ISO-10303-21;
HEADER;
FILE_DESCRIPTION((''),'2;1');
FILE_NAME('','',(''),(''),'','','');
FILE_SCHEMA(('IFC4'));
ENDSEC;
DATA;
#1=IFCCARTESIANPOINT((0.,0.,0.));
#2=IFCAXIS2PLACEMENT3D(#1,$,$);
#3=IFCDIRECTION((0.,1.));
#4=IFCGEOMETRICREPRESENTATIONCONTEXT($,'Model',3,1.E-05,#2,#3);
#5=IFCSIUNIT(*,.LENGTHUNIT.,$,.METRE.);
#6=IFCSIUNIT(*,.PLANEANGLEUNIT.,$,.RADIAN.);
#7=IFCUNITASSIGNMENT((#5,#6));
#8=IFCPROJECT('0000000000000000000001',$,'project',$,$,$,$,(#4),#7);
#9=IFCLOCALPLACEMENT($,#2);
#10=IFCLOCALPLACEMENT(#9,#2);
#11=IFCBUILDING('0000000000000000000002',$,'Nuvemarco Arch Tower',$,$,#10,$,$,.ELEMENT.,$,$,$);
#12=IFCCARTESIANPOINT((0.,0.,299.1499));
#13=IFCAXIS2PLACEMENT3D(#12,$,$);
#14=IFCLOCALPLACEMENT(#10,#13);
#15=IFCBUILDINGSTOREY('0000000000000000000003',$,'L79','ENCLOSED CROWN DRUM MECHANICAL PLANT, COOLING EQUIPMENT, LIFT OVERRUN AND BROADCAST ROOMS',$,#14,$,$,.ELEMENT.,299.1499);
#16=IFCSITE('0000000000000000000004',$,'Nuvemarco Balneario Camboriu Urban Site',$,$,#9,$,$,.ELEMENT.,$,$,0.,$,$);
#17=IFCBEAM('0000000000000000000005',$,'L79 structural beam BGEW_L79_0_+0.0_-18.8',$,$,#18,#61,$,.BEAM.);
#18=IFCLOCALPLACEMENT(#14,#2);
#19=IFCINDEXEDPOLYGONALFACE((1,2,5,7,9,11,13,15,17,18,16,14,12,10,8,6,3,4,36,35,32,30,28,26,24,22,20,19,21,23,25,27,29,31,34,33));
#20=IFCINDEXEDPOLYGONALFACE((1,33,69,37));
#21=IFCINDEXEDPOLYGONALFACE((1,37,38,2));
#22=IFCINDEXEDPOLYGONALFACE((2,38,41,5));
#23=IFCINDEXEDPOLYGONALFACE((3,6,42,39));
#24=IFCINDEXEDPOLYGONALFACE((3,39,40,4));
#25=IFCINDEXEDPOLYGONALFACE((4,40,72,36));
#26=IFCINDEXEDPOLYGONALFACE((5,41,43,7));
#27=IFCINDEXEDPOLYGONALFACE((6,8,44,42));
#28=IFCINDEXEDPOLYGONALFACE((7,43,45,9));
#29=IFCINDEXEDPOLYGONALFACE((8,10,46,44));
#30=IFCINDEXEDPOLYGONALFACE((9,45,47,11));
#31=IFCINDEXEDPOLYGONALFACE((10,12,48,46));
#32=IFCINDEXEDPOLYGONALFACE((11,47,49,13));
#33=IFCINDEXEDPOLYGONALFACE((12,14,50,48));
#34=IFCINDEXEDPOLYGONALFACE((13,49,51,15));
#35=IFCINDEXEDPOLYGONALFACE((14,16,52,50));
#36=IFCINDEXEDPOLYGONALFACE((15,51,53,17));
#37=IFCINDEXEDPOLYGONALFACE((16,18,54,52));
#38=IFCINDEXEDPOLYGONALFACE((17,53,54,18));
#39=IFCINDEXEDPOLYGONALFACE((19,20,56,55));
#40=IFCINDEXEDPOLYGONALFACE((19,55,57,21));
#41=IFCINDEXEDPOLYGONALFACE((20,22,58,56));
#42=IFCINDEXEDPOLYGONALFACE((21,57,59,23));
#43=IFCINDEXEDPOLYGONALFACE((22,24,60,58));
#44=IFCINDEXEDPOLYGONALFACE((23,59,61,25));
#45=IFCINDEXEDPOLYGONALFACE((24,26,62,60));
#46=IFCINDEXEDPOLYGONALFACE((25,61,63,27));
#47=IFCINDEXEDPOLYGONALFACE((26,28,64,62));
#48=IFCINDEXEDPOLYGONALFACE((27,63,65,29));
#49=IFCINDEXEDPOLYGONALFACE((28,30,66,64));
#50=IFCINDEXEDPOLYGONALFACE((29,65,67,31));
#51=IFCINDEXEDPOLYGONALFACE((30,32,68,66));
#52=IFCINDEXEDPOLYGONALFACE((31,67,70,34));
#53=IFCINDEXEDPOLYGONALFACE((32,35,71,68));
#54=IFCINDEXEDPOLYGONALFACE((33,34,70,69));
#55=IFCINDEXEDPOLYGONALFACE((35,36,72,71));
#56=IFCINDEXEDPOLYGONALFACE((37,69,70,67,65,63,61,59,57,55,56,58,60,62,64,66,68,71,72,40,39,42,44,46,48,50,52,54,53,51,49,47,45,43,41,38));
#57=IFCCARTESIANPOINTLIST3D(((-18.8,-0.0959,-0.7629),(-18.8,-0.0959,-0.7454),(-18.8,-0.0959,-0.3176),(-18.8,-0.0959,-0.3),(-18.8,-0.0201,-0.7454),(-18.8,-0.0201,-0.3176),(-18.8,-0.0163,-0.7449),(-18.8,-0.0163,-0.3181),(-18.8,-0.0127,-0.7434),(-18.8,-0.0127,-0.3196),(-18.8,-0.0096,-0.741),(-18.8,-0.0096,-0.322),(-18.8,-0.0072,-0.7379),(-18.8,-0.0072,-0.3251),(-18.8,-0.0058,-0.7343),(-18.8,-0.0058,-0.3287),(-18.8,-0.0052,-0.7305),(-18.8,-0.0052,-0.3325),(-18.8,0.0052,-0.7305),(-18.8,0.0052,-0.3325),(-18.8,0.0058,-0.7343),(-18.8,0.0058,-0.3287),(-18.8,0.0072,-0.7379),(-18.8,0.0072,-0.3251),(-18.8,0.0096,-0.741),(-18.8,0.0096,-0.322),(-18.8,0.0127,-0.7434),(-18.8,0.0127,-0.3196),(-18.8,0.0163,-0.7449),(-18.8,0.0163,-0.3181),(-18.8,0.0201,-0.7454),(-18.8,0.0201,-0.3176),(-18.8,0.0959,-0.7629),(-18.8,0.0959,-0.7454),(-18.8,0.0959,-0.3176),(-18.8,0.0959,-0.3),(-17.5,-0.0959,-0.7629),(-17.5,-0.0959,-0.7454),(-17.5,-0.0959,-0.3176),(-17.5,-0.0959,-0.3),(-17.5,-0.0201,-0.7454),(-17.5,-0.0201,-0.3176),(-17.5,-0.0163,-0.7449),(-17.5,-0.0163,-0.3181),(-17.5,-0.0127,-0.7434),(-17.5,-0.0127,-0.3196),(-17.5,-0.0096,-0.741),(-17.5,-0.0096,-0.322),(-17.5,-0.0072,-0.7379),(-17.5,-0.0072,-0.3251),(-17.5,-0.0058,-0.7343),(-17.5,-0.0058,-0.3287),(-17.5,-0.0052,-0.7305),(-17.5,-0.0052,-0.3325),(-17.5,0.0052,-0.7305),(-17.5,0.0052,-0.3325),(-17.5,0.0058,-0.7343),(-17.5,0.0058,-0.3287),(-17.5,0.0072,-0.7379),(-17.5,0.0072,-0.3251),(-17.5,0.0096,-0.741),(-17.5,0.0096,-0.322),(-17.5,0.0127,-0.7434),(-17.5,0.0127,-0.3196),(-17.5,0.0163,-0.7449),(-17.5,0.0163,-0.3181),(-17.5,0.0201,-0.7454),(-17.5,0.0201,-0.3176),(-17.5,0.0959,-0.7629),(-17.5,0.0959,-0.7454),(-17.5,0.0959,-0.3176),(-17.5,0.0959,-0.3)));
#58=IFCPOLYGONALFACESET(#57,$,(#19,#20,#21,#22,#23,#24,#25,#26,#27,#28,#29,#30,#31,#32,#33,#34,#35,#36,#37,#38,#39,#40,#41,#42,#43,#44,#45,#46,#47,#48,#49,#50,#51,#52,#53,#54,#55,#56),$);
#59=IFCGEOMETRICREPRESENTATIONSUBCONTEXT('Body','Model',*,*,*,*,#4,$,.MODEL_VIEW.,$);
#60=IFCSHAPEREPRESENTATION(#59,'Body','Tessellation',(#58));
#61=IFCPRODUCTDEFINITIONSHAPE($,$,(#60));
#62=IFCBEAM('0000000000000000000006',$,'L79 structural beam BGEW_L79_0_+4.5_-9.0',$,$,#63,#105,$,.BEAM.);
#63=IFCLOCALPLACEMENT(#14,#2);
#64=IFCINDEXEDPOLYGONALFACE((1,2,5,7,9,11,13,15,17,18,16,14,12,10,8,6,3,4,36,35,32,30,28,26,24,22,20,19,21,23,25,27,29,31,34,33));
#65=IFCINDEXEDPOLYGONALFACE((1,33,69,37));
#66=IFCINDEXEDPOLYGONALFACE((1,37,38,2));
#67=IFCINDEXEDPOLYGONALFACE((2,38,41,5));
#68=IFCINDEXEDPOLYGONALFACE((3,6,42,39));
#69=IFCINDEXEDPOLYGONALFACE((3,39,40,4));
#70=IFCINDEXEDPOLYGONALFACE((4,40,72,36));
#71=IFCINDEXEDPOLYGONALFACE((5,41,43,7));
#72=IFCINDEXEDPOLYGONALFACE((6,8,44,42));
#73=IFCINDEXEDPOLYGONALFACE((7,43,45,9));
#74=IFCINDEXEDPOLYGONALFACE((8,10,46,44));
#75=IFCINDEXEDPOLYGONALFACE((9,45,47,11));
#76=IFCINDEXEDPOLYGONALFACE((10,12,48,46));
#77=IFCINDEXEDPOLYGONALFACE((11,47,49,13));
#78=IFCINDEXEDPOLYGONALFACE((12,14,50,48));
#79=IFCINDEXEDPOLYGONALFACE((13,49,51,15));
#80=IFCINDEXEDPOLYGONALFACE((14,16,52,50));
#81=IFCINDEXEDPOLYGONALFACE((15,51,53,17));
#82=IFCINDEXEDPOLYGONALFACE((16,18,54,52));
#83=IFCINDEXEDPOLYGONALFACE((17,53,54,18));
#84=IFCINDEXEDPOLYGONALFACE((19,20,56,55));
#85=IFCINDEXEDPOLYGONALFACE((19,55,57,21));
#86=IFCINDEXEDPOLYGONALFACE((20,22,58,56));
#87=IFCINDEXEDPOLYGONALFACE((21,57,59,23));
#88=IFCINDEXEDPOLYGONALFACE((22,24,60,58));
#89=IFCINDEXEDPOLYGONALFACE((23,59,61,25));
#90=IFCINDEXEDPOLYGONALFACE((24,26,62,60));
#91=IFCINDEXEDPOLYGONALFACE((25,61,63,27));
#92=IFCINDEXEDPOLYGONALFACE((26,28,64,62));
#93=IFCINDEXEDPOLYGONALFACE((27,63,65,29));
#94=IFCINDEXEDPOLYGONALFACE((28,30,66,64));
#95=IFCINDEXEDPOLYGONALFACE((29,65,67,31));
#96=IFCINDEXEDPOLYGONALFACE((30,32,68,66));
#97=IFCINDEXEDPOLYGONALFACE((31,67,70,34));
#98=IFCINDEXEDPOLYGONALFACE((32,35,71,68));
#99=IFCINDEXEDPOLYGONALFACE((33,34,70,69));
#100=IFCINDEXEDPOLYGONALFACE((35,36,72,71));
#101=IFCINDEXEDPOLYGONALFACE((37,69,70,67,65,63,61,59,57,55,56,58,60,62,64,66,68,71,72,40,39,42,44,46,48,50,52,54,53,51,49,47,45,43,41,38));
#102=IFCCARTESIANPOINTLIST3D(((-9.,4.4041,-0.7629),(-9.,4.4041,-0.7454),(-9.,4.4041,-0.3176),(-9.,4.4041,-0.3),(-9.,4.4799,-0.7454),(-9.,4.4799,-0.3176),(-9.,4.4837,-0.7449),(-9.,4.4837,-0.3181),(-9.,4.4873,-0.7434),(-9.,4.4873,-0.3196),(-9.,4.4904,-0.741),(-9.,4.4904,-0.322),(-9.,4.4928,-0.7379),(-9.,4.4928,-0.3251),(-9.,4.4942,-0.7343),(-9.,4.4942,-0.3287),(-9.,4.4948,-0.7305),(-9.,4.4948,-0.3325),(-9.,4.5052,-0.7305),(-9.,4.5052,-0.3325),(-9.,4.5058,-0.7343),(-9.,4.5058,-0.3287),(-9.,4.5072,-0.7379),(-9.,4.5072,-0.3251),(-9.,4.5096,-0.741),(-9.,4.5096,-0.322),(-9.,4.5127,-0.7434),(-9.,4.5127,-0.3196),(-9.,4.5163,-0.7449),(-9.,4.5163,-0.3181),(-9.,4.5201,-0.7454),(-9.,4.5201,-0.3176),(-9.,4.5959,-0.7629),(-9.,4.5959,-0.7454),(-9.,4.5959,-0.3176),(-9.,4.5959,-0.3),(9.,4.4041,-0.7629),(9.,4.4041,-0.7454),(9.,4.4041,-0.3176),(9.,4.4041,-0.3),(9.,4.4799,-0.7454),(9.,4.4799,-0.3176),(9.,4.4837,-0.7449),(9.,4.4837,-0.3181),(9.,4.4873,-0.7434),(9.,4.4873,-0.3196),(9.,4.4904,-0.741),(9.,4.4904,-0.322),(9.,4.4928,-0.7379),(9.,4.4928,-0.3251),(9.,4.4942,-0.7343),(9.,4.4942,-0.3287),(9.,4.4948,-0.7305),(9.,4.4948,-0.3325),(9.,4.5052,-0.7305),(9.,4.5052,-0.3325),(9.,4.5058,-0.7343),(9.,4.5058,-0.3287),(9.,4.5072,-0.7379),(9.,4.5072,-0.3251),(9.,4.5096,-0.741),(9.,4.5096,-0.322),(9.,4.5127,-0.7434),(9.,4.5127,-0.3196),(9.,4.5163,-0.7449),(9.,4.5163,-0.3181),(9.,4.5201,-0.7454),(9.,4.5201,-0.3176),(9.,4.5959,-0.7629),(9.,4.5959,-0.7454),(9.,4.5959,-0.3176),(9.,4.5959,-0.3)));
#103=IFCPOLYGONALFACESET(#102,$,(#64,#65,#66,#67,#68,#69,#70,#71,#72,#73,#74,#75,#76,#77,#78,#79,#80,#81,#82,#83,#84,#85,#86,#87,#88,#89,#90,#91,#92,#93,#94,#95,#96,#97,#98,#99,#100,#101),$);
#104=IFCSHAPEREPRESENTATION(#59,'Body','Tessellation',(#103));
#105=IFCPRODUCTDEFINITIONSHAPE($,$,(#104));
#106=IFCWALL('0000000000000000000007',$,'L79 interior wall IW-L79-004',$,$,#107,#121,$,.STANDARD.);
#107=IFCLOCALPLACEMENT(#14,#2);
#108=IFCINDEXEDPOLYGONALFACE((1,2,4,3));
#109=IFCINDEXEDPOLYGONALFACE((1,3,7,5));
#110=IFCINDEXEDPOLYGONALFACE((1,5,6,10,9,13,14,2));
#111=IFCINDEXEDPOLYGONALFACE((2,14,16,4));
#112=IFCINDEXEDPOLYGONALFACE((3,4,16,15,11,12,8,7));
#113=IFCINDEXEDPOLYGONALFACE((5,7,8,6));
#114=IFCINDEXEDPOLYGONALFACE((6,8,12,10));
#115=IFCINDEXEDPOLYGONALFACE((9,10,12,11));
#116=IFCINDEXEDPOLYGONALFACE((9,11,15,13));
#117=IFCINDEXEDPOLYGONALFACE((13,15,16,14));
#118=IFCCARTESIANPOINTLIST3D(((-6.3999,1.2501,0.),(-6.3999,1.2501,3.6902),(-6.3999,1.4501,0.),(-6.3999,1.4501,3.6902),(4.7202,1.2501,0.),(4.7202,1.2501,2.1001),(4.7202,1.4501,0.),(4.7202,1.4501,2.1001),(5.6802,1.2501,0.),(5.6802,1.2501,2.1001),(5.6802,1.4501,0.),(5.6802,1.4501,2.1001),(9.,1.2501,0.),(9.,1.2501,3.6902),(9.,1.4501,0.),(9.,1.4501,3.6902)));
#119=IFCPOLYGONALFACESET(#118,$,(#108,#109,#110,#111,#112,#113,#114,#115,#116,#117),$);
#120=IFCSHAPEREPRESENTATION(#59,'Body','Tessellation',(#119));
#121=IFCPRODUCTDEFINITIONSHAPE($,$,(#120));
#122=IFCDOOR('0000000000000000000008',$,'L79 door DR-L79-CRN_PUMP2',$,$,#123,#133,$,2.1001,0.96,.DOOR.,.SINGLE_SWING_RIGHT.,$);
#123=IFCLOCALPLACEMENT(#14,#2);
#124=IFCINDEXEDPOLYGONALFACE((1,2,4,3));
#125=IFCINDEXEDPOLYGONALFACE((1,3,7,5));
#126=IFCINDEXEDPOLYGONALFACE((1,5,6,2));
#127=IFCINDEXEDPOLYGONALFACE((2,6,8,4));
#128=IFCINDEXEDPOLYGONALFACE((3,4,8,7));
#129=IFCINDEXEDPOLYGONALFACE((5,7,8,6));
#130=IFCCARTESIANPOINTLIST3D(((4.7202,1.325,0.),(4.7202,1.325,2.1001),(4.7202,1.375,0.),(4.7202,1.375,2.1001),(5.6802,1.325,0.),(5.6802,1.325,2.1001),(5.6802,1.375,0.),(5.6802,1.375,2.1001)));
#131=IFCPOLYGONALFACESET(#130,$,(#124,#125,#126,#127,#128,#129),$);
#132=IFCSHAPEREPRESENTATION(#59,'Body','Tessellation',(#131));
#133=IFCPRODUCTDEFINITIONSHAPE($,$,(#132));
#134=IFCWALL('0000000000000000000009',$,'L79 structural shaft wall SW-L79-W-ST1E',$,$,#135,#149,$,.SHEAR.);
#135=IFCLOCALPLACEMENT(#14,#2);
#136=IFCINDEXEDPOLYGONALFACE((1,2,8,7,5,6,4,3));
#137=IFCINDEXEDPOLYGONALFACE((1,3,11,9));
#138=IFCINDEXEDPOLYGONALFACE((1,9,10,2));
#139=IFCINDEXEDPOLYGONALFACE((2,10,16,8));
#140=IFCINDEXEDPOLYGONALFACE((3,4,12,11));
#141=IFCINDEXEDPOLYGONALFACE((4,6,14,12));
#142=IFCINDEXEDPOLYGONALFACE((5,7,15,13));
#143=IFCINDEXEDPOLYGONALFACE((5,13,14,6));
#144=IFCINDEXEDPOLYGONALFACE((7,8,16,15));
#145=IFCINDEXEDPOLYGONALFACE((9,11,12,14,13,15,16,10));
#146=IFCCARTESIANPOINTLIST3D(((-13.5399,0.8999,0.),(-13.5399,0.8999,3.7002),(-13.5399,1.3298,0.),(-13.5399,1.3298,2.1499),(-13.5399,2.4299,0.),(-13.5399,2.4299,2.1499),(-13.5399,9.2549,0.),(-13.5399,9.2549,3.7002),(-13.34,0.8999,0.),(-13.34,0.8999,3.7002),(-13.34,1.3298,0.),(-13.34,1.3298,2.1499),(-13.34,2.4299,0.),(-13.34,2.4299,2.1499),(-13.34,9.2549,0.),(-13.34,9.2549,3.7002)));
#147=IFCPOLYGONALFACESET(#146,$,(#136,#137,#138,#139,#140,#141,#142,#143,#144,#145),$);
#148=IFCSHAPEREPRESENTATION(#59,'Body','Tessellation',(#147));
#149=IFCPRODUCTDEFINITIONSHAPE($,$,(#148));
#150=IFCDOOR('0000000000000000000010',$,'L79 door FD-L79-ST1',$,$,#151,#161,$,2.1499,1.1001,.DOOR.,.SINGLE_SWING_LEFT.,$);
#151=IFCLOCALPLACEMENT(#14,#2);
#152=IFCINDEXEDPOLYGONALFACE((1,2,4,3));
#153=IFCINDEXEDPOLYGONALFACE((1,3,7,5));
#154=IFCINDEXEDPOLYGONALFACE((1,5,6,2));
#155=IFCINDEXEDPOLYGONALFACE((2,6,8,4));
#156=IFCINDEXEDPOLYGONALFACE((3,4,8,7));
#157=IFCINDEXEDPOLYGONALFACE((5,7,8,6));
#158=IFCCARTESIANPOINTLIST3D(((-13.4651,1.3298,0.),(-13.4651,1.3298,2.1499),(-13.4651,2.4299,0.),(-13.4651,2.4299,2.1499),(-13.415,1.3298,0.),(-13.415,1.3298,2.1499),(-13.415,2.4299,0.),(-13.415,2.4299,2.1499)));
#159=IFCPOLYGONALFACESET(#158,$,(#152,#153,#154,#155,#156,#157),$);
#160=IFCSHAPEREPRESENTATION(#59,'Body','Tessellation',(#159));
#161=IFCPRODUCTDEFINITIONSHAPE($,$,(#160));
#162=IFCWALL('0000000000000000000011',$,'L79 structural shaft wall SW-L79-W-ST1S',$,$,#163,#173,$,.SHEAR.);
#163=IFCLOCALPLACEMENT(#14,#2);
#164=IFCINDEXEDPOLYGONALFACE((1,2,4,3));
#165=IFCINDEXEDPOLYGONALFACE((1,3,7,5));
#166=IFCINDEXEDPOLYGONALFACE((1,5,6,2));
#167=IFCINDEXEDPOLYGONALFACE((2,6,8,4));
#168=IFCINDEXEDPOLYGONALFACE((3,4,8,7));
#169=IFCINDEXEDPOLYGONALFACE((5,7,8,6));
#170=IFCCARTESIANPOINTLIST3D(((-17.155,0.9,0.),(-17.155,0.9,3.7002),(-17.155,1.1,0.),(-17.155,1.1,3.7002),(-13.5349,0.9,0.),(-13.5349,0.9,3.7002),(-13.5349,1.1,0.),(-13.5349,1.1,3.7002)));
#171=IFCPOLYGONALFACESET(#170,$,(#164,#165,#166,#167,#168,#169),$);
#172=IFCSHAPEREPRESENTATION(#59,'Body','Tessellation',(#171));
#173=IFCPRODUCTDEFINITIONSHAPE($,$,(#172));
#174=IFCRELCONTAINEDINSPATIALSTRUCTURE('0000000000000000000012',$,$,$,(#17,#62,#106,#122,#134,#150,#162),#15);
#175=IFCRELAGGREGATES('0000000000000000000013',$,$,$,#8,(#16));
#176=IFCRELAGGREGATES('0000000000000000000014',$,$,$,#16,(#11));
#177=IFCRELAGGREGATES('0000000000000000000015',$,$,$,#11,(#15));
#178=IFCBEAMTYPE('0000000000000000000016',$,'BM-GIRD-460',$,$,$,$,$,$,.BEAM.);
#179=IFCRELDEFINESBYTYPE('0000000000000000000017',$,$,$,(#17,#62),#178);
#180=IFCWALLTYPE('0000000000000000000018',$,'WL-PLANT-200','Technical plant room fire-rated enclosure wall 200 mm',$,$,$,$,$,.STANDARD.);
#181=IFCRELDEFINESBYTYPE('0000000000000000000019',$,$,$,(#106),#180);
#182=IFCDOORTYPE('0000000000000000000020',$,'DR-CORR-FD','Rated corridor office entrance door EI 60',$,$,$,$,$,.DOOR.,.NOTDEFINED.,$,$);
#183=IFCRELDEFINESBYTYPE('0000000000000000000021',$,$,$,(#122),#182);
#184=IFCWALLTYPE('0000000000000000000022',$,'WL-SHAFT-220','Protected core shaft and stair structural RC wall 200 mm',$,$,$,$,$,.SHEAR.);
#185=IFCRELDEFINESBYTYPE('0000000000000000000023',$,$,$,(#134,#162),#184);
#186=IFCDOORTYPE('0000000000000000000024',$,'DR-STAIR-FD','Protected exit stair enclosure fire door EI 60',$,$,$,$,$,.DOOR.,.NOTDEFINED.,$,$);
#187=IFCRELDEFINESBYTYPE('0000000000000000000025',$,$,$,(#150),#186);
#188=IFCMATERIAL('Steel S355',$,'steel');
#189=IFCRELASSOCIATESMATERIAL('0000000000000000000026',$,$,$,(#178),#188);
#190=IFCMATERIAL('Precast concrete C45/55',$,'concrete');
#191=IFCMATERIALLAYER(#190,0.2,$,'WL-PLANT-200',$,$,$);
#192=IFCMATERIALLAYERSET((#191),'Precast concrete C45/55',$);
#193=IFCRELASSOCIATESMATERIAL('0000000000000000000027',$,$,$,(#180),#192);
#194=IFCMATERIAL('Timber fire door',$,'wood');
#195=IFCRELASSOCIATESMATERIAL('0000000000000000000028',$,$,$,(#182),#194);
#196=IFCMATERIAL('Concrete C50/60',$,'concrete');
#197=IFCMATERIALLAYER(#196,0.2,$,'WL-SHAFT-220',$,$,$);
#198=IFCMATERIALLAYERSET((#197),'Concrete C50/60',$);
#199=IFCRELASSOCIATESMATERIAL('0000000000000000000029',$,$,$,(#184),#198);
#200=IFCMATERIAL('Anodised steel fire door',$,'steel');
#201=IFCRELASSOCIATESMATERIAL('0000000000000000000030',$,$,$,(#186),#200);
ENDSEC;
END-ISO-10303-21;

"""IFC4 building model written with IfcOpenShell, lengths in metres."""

from ifc_helpers import new_model, si_unit, direction, frame, frame_2d, origin, origin_2d, place, context, subcontext, project, spatial, rectangle, i_section, extrude, source, transform, mapped, material, layer, layer_set, material_profile, profile_set, type_object, type_shapes, element, fill, save


model = new_model("IFC4")

# Units and contexts
model_context = context("Model", 3, precision=1e-05, world=origin(), true_north=direction((0.0, 1.0)))
body_context = subcontext(model_context, "Body", "Model", "MODEL_VIEW")
ifc_project = project(units=[si_unit("LENGTHUNIT", "METRE"), si_unit("PLANEANGLEUNIT", "RADIAN")], contexts=[model_context])

# Site, building, storey
site_placement = place(None, origin())
site = spatial("IfcSite", under=ifc_project, at=site_placement, Name="Nuvemarco Balneario Camboriu Urban Site", CompositionType="ELEMENT", RefElevation=0.0)
building_placement = place(site_placement, origin())
building = spatial("IfcBuilding", under=site, at=building_placement, Name="Nuvemarco Arch Tower", CompositionType="ELEMENT")
storey_placement = place(building_placement, frame((0.0, 0.0, 299.1499)))
storey = spatial("IfcBuildingStorey", under=building, at=storey_placement, Name="L79", Description="ENCLOSED CROWN DRUM MECHANICAL PLANT, COOLING EQUIPMENT, LIFT OVERRUN AND BROADCAST ROOMS", CompositionType="ELEMENT", Elevation=299.1499)

# Shared definitions
ifc_material_1 = material(Name="Concrete C50/60", Category="concrete")

# Beams
ifc_material_2 = material(Name="Steel S355", Category="steel")
ifc_material_profile_1 = material_profile(ifc_material_2, i_section(OverallWidth=0.1919, OverallDepth=0.4629, WebThickness=0.0105, FlangeThickness=0.0176, FilletRadius=0.0149, at=origin_2d()), Name="W460x89")
ifc_profile_set_1 = profile_set([ifc_material_profile_1], Name="Steel S355")
beam_type = type_object("IfcBeamType", Name="BM-GIRD-460", PredefinedType="BEAM", material=ifc_profile_set_1)
beam_1_placement = place(storey_placement, frame((-18.8, 0.0, -0.5315), z_axis=(1.0, 0.0, 0.0), x_axis=(0.0, 1.0, 0.0)))
element("IfcBeam", 1, at=beam_1_placement, inside=storey, type_object=beam_type, Name="L79 structural beam BGEW_L79_0_+0.0_-18.8", PredefinedType="BEAM", context=body_context, shape_type="SweptSolid", body=[
    extrude(i_section(OverallWidth=0.1919, OverallDepth=0.4629, WebThickness=0.0105, FlangeThickness=0.0176, FilletRadius=0.0149, at=origin_2d()), origin(), (0.0, 0.0, 1.0), 1.3),
])
beam_2_placement = place(storey_placement, frame((-9.0, 4.5, -0.5315), z_axis=(1.0, 0.0, 0.0), x_axis=(0.0, 1.0, 0.0)))
element("IfcBeam", 2, at=beam_2_placement, inside=storey, type_object=beam_type, Name="L79 structural beam BGEW_L79_0_+4.5_-9.0", PredefinedType="BEAM", context=body_context, shape_type="SweptSolid", body=[
    extrude(i_section(OverallWidth=0.1919, OverallDepth=0.4629, WebThickness=0.0105, FlangeThickness=0.0176, FilletRadius=0.0149, at=origin_2d()), origin(), (0.0, 0.0, 1.0), 18.0),
])

# Walls, openings, doors
ifc_material_3 = material(Name="Precast concrete C45/55", Category="concrete")
ifc_layer_1 = layer(ifc_material_3, 0.2, Name="WL-PLANT-200")
ifc_layer_set_1 = layer_set([ifc_layer_1], Name="Precast concrete C45/55")
wall_type_1 = type_object("IfcWallType", Name="WL-PLANT-200", Description="Technical plant room fire-rated enclosure wall 200 mm", PredefinedType="STANDARD", material=ifc_layer_set_1)
wall_1_placement = place(storey_placement, frame((-6.3999, 1.3501, 0.0), z_axis=(0.0, 0.0, 1.0), x_axis=(1.0, 0.0, 0.0)))
wall_1 = element("IfcWall", 3, at=wall_1_placement, inside=storey, type_object=wall_type_1, Name="L79 interior wall IW-L79-004", PredefinedType="STANDARD", context=body_context, shape_type="SweptSolid", body=[
    extrude(rectangle(XDim=15.3999, YDim=0.2, at=frame_2d((7.7, 0.0))), origin(), (0.0, 0.0, 1.0), 3.6902),
])
opening_1_placement = place(wall_1_placement, frame((11.1201, 0.0, 0.0)))
opening_1 = element("IfcOpeningElement", 4, at=opening_1_placement, cuts=wall_1, PredefinedType="OPENING", context=body_context, shape_type="SweptSolid", body=[
    extrude(rectangle(XDim=0.96, YDim=2.1001, at=frame_2d((0.48, 1.05))), frame((0.0, 0.1099, 0.0), z_axis=(0.0, -1.0, 0.0), x_axis=(1.0, 0.0, 0.0)), (0.0, 0.0, 1.0), 0.22),
])
ifc_material_4 = material(Name="Timber fire door", Category="wood")
door_type_1 = type_object("IfcDoorType", Name="DR-CORR-FD", Description="Rated corridor office entrance door EI 60", OperationType="NOTDEFINED", PredefinedType="DOOR", material=ifc_material_4)
shared_shape_1 = source(origin(), body_context, "Body", "SweptSolid", [
    extrude(rectangle(XDim=0.96, YDim=2.1001, at=frame_2d((0.48, 1.05))), frame((0.0, 0.0249, 0.0), z_axis=(0.0, -1.0, 0.0), x_axis=(1.0, 0.0, 0.0)), (0.0, 0.0, 1.0), 0.05),
])
type_shapes(door_type_1, [shared_shape_1])
door_1_placement = place(opening_1_placement, origin())
door_1 = element("IfcDoor", 5, at=door_1_placement, inside=storey, type_object=door_type_1, Name="L79 door DR-L79-CRN_PUMP2", OperationType="SINGLE_SWING_RIGHT", OverallHeight=2.1001, OverallWidth=0.96, PredefinedType="DOOR", context=body_context, shape_type="MappedRepresentation", body=[
    mapped(shared_shape_1, transform((0.0, 0.0, 0.0), scale=1.0)),
])
fill(opening_1, door_1)
ifc_layer_2 = layer(ifc_material_1, 0.2, Name="WL-SHAFT-220")
ifc_layer_set_2 = layer_set([ifc_layer_2], Name="Concrete C50/60")
wall_type_2 = type_object("IfcWallType", Name="WL-SHAFT-220", Description="Protected core shaft and stair structural RC wall 200 mm", PredefinedType="SHEAR", material=ifc_layer_set_2)
wall_2_placement = place(storey_placement, frame((-13.4399, 0.8999, 0.0), z_axis=(0.0, 0.0, 1.0), x_axis=(0.0, 1.0, 0.0)))
wall_2 = element("IfcWall", 6, at=wall_2_placement, inside=storey, type_object=wall_type_2, Name="L79 structural shaft wall SW-L79-W-ST1E", PredefinedType="SHEAR", context=body_context, shape_type="SweptSolid", body=[
    extrude(rectangle(XDim=8.355, YDim=0.2, at=frame_2d((4.1775, 0.0))), origin(), (0.0, 0.0, 1.0), 3.7002),
])
opening_2_placement = place(wall_2_placement, frame((1.53, 0.0, 0.0), z_axis=(0.0, 0.0, 1.0), x_axis=(-1.0, 0.0, 0.0)))
opening_2 = element("IfcOpeningElement", 7, at=opening_2_placement, cuts=wall_2, PredefinedType="OPENING", context=body_context, shape_type="SweptSolid", body=[
    extrude(rectangle(XDim=1.1001, YDim=2.1499, at=frame_2d((0.55, 1.075))), frame((0.0, 0.1099, 0.0), z_axis=(0.0, -1.0, 0.0), x_axis=(1.0, 0.0, 0.0)), (0.0, 0.0, 1.0), 0.22),
])
ifc_material_5 = material(Name="Anodised steel fire door", Category="steel")
door_type_2 = type_object("IfcDoorType", Name="DR-STAIR-FD", Description="Protected exit stair enclosure fire door EI 60", OperationType="NOTDEFINED", PredefinedType="DOOR", material=ifc_material_5)
shared_shape_2 = source(origin(), body_context, "Body", "SweptSolid", [
    extrude(rectangle(XDim=1.1001, YDim=2.1499, at=frame_2d((0.55, 1.075))), frame((0.0, 0.0249, 0.0), z_axis=(0.0, -1.0, 0.0), x_axis=(1.0, 0.0, 0.0)), (0.0, 0.0, 1.0), 0.05),
])
type_shapes(door_type_2, [shared_shape_2])
door_2_placement = place(opening_2_placement, origin())
door_2 = element("IfcDoor", 8, at=door_2_placement, inside=storey, type_object=door_type_2, Name="L79 door FD-L79-ST1", OperationType="SINGLE_SWING_LEFT", OverallHeight=2.1499, OverallWidth=1.1001, PredefinedType="DOOR", context=body_context, shape_type="MappedRepresentation", body=[
    mapped(shared_shape_2, transform((0.0, 0.0, 0.0), scale=1.0)),
])
fill(opening_2, door_2)

# Wall
wall_3_placement = place(storey_placement, frame((-17.155, 1.0, 0.0), z_axis=(0.0, 0.0, 1.0), x_axis=(1.0, 0.0, 0.0)))
element("IfcWall", 9, at=wall_3_placement, inside=storey, type_object=wall_type_2, Name="L79 structural shaft wall SW-L79-W-ST1S", PredefinedType="SHEAR", context=body_context, shape_type="SweptSolid", body=[
    extrude(rectangle(XDim=3.6201, YDim=0.2, at=frame_2d((1.8101, 0.0))), origin(), (0.0, 0.0, 1.0), 3.7002),
])

save(model, "model.ifc")
